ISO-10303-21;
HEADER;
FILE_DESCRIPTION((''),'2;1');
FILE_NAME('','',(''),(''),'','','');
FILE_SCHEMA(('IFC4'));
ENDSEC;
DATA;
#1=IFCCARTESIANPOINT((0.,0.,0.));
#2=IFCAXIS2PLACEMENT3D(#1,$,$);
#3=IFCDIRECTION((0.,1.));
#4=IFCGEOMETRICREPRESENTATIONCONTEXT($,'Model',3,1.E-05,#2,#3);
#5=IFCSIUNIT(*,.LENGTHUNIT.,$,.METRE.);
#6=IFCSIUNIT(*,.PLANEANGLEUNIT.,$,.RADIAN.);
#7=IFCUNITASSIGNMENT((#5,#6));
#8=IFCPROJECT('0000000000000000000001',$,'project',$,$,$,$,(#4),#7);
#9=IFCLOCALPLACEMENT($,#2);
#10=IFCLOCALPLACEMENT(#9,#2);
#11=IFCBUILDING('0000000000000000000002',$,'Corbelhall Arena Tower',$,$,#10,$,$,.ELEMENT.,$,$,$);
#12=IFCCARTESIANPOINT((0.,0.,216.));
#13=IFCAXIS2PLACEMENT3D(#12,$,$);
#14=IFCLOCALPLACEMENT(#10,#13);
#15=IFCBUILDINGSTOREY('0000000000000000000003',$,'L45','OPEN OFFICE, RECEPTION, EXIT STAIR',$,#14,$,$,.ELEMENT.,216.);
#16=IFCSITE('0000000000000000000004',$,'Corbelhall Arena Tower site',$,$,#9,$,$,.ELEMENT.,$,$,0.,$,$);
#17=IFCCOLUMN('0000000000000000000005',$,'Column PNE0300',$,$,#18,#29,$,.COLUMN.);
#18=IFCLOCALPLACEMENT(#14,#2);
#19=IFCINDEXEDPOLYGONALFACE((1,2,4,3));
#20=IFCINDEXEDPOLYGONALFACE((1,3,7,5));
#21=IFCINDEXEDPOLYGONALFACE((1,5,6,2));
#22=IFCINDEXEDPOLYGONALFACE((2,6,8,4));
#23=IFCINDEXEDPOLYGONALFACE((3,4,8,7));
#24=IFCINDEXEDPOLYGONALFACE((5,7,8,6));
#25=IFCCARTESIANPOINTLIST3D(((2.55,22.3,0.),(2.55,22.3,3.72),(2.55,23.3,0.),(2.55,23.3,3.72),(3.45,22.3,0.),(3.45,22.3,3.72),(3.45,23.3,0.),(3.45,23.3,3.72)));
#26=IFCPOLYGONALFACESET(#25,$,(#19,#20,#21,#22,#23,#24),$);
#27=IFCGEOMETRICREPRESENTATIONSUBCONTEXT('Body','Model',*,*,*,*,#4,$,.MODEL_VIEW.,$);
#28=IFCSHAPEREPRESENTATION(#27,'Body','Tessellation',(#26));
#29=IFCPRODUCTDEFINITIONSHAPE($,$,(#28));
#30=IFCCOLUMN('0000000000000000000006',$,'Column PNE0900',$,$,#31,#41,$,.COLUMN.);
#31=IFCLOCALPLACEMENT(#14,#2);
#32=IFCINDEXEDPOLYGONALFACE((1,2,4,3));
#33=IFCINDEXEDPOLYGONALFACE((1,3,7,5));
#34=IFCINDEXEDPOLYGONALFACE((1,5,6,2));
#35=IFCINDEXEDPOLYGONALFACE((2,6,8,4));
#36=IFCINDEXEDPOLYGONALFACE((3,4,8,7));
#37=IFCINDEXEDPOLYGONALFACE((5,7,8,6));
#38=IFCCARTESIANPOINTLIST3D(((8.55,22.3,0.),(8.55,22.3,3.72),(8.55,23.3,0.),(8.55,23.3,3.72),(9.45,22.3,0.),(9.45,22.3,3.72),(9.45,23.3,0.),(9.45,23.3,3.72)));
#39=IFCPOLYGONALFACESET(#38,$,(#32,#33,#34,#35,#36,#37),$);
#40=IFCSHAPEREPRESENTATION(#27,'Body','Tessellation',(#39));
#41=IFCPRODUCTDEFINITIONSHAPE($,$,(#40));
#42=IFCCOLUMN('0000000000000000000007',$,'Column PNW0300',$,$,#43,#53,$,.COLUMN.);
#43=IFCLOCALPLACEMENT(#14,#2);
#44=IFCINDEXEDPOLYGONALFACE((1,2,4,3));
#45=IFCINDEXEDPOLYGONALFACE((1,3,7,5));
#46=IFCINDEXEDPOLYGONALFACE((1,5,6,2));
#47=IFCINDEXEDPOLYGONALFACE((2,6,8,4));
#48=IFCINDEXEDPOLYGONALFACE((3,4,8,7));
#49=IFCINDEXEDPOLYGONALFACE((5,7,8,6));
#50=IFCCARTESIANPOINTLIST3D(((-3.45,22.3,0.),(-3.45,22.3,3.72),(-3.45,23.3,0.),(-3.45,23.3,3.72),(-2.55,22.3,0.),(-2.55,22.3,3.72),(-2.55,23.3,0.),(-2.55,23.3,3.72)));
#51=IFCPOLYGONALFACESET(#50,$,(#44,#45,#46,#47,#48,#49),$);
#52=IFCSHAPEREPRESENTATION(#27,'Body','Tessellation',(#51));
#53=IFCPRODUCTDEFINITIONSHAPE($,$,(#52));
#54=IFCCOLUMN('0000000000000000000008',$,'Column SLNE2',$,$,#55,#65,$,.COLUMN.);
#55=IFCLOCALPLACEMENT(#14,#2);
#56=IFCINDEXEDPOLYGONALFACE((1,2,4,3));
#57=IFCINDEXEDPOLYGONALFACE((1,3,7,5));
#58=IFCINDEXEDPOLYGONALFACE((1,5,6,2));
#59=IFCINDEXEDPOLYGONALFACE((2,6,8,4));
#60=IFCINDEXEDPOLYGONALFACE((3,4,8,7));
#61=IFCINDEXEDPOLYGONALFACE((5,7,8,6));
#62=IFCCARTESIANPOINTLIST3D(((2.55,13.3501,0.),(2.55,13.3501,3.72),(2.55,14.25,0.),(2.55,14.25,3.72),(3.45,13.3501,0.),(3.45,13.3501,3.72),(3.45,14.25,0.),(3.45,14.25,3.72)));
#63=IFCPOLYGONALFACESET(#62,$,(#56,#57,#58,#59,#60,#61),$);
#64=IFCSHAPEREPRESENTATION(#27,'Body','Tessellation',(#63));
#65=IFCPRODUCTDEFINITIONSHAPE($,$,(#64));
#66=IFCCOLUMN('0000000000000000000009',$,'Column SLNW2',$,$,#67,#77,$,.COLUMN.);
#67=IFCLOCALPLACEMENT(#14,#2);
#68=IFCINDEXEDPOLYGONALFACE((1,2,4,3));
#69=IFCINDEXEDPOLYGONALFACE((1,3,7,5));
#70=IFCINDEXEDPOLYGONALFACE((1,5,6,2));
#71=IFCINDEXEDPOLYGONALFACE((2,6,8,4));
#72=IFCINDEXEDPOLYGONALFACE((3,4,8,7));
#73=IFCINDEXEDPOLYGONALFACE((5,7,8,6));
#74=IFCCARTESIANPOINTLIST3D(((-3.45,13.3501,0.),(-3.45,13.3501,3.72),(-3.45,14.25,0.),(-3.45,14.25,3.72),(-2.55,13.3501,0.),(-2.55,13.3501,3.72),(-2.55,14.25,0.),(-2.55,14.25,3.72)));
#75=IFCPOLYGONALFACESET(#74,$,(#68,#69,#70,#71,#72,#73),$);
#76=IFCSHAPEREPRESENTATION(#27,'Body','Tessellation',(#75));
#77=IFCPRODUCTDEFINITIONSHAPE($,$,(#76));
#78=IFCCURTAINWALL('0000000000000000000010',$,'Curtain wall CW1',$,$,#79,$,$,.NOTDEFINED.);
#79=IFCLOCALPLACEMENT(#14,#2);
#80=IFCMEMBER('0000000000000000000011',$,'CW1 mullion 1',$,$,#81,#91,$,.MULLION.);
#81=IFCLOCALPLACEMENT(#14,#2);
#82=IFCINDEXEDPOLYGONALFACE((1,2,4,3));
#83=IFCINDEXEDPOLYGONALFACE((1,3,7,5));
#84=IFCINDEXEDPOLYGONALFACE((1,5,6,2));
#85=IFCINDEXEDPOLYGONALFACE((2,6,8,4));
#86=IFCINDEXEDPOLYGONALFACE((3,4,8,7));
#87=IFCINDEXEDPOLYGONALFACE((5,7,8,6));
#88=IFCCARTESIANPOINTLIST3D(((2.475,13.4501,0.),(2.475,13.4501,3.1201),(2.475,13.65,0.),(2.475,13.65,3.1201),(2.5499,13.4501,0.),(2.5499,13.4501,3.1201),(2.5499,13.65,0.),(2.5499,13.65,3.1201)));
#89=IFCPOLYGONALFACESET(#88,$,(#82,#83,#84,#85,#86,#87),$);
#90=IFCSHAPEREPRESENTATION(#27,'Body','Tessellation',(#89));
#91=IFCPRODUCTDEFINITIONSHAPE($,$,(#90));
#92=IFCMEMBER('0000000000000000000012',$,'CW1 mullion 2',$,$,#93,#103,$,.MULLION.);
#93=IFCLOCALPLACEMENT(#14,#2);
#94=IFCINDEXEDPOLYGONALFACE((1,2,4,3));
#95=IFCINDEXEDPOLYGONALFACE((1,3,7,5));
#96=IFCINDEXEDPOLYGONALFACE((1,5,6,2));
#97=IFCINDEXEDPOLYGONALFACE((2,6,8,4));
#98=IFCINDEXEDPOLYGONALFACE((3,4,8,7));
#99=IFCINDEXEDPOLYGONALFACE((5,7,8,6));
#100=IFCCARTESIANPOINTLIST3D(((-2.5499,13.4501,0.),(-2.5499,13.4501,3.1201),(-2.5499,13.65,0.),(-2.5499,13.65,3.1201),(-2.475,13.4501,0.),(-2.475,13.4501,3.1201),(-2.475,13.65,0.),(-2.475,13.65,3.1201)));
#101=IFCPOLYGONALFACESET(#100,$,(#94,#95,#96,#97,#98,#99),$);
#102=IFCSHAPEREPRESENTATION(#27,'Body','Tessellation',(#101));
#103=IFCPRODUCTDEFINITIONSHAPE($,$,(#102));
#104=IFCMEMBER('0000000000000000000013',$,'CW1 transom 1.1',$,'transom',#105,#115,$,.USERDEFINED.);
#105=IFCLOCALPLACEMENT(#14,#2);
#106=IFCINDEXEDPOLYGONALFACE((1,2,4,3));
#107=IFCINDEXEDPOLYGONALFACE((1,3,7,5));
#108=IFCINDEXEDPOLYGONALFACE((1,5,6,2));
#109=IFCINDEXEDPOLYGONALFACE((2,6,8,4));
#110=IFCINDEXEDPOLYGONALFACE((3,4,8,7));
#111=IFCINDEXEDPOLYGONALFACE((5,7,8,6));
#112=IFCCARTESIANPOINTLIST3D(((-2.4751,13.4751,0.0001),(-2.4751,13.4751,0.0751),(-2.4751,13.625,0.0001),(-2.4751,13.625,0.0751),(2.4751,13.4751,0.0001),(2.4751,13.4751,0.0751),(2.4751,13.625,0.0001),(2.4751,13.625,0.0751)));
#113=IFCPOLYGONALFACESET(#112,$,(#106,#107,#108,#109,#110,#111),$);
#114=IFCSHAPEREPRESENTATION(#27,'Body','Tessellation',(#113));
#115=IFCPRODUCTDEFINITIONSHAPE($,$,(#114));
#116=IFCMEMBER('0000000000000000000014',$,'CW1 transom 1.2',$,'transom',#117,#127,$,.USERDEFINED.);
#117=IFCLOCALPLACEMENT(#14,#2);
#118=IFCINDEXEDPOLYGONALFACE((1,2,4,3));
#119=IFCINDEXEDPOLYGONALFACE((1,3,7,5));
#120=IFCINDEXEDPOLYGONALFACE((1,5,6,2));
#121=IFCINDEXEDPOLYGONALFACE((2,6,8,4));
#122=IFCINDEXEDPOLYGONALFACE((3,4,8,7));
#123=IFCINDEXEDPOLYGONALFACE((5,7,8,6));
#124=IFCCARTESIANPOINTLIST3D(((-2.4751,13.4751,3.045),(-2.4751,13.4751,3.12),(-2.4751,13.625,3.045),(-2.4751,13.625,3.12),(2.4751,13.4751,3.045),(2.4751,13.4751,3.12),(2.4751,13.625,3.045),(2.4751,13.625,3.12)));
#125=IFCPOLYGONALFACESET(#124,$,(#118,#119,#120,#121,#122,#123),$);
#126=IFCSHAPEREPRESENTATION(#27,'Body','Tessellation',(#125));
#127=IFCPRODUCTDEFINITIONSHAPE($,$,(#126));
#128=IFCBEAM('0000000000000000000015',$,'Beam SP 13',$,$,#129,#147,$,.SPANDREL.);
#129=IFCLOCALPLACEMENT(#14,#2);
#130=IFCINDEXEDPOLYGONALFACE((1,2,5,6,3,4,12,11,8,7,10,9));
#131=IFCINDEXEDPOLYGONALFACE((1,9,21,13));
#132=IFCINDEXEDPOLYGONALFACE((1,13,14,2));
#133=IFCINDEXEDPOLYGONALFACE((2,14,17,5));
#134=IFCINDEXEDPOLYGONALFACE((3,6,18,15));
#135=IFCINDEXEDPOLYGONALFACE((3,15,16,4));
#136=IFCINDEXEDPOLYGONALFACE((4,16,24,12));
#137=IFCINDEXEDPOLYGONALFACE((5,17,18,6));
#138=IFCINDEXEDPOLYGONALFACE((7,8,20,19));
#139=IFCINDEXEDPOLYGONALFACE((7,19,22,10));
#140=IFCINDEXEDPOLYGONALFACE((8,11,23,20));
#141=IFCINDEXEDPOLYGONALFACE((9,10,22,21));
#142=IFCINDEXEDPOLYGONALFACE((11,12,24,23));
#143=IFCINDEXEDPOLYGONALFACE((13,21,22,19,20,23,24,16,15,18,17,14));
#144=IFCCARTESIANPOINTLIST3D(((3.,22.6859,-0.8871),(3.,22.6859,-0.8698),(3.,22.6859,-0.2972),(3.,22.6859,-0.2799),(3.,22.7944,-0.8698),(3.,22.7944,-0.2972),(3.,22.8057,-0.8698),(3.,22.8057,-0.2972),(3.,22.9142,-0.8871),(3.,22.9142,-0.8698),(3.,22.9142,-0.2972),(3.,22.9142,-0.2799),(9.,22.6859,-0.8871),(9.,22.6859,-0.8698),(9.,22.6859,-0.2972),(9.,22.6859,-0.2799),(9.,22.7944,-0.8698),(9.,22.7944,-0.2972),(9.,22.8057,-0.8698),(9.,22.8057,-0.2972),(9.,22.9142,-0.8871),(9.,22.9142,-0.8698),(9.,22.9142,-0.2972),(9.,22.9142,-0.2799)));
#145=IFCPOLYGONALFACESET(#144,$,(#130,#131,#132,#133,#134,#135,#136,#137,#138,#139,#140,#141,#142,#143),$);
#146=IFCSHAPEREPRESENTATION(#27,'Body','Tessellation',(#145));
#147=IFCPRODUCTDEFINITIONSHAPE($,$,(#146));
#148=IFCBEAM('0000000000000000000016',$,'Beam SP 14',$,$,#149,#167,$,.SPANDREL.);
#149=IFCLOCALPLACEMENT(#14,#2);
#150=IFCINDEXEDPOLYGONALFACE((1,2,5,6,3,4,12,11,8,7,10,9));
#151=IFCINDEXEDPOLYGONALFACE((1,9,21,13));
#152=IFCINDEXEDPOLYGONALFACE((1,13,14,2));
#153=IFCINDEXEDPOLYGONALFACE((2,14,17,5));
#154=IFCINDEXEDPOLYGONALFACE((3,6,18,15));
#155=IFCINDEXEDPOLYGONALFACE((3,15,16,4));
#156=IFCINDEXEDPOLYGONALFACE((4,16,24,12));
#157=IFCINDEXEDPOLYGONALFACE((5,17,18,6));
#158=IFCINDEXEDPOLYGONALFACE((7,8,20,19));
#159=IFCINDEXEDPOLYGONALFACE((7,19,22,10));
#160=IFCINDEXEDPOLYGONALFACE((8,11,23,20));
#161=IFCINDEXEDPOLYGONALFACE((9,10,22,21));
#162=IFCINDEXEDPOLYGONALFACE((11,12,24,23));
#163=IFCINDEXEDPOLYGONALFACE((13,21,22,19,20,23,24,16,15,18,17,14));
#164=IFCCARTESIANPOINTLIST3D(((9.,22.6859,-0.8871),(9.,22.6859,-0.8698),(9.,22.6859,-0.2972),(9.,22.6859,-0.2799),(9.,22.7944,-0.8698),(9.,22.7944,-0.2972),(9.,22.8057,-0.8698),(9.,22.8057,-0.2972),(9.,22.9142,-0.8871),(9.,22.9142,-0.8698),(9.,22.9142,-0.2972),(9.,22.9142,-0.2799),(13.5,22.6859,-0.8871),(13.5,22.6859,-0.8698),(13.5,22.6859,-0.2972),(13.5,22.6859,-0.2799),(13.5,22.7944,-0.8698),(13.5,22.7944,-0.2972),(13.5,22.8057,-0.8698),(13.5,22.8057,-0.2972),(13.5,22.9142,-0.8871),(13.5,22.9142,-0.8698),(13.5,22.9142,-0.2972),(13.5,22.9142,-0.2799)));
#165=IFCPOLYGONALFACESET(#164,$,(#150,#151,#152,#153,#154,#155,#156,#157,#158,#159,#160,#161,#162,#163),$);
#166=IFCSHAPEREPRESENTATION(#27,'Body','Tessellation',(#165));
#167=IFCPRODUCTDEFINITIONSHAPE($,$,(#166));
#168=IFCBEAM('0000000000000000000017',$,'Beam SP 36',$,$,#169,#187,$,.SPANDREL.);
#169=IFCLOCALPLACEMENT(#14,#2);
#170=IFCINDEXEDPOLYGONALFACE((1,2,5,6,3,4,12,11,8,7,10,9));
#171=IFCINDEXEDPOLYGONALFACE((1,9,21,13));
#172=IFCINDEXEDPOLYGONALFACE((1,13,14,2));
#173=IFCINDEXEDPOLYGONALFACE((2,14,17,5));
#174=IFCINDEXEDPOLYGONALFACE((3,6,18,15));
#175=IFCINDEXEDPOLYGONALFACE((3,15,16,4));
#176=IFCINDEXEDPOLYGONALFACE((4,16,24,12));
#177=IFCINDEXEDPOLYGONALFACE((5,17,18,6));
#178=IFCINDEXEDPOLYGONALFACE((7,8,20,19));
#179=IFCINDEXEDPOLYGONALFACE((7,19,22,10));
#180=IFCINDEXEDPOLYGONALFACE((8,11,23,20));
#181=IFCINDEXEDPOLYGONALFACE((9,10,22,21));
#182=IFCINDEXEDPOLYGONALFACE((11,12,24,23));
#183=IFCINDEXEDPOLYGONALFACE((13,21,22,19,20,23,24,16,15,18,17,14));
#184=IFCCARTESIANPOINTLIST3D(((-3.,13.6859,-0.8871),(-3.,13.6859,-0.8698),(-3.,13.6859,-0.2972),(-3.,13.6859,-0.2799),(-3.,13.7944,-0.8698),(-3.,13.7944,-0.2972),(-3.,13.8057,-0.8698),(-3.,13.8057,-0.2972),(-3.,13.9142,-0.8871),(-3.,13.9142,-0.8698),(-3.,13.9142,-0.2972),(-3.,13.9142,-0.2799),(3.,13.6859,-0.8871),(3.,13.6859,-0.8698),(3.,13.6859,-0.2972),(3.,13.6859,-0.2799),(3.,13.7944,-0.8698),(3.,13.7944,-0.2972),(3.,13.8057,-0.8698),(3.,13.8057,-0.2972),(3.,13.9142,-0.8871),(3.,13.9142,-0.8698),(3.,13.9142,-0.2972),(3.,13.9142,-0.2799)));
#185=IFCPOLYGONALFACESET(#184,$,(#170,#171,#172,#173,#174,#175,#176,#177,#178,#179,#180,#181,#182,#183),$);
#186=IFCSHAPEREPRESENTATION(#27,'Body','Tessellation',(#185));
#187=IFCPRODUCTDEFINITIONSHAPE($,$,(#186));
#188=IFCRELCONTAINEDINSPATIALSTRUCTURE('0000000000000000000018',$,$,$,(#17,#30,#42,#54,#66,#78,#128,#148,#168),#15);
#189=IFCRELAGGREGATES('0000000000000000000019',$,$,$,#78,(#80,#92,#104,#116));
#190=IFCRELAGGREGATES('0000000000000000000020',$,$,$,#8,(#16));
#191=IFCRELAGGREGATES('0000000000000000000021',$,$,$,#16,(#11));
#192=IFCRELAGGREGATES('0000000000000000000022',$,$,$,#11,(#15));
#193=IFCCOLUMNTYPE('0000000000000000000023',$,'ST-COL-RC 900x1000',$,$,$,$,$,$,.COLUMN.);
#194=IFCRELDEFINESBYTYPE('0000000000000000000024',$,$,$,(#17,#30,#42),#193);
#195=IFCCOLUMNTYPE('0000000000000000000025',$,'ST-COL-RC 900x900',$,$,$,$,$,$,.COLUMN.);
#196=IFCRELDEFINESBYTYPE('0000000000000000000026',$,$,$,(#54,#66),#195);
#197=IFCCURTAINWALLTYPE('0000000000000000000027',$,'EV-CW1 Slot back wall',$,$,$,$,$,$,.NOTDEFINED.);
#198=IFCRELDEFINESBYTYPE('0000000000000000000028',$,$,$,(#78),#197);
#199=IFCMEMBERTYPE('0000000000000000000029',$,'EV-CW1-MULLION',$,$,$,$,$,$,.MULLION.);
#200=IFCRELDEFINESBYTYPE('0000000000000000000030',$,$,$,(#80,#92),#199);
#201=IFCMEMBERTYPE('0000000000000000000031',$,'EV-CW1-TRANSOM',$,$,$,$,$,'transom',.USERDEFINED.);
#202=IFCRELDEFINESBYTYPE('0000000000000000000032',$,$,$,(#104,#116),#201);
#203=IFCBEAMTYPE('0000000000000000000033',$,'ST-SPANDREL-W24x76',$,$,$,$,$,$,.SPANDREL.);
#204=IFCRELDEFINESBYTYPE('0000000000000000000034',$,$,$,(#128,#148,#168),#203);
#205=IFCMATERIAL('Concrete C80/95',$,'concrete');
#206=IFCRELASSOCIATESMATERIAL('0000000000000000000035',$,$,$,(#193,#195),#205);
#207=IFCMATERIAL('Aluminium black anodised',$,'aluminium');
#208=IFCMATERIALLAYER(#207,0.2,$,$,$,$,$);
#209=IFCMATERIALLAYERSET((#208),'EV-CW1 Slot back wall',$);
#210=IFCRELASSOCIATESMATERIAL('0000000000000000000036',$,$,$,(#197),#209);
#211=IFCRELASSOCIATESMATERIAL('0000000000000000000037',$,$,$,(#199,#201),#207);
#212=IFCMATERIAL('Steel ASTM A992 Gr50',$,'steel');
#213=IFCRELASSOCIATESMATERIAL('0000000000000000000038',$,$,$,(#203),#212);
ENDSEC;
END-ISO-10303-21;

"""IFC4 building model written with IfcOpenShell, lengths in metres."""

from ifc_helpers import new_model, si_unit, direction, frame, origin, origin_2d, place, context, subcontext, project, spatial, rectangle, i_section, extrude, material, layer, layer_set, material_profile, profile_set, type_object, element, aggregate, save


model = new_model("IFC4")

# Units and contexts
model_context = context("Model", 3, precision=1e-05, world=origin(), true_north=direction((0.0, 1.0)))
body_context = subcontext(model_context, "Body", "Model", "MODEL_VIEW")
ifc_project = project(units=[si_unit("LENGTHUNIT", "METRE"), si_unit("PLANEANGLEUNIT", "RADIAN")], contexts=[model_context])

# Site, building, storey
site_placement = place(None, origin())
site = spatial("IfcSite", under=ifc_project, at=site_placement, Name="Corbelhall Arena Tower site", CompositionType="ELEMENT", RefElevation=0.0)
building_placement = place(site_placement, origin())
building = spatial("IfcBuilding", under=site, at=building_placement, Name="Corbelhall Arena Tower", CompositionType="ELEMENT")
storey_placement = place(building_placement, frame((0.0, 0.0, 216.0)))
storey = spatial("IfcBuildingStorey", under=building, at=storey_placement, Name="L45", Description="OPEN OFFICE, RECEPTION, EXIT STAIR", CompositionType="ELEMENT", Elevation=216.0)

# Columns
ifc_material_1 = material(Name="Concrete C80/95", Category="concrete")
ifc_material_profile_1 = material_profile(ifc_material_1, rectangle(XDim=0.8999, YDim=1.0, at=origin_2d()))
ifc_profile_set_1 = profile_set([ifc_material_profile_1], Name="Concrete C80/95")
column_type_1 = type_object("IfcColumnType", Name="ST-COL-RC 900x1000", PredefinedType="COLUMN", material=ifc_profile_set_1)
for number, where, z_axis, x_axis, name in (
    (1, (3.0, 22.8, 0.0), (0.0, 0.0, 1.0), (1.0, 0.0, 0.0), "Column PNE0300"),
    (2, (9.0, 22.8, 0.0), (0.0, 0.0, 1.0), (1.0, 0.0, 0.0), "Column PNE0900"),
    (3, (-3.0, 22.8, 0.0), (0.0, 0.0, 1.0), (1.0, 0.0, 0.0), "Column PNW0300"),
):
    element("IfcColumn", number, at=place(storey_placement, frame(where, z_axis=z_axis, x_axis=x_axis)), inside=storey, type_object=column_type_1, Name=name, PredefinedType="COLUMN", context=body_context, shape_type="SweptSolid", body=[
        extrude(rectangle(XDim=0.8999, YDim=1.0, at=origin_2d()), origin(), (0.0, 0.0, 1.0), 3.72),
    ])
ifc_material_profile_2 = material_profile(ifc_material_1, rectangle(XDim=0.8999, YDim=0.8999, at=origin_2d()))
ifc_profile_set_2 = profile_set([ifc_material_profile_2], Name="Concrete C80/95")
column_type_2 = type_object("IfcColumnType", Name="ST-COL-RC 900x900", PredefinedType="COLUMN", material=ifc_profile_set_2)
for number, where, z_axis, x_axis, name in (
    (4, (3.0, 13.8, 0.0), (0.0, 0.0, 1.0), (1.0, 0.0, 0.0), "Column SLNE2"),
    (5, (-3.0, 13.8, 0.0), (0.0, 0.0, 1.0), (1.0, 0.0, 0.0), "Column SLNW2"),
):
    element("IfcColumn", number, at=place(storey_placement, frame(where, z_axis=z_axis, x_axis=x_axis)), inside=storey, type_object=column_type_2, Name=name, PredefinedType="COLUMN", context=body_context, shape_type="SweptSolid", body=[
        extrude(rectangle(XDim=0.8999, YDim=0.8999, at=origin_2d()), origin(), (0.0, 0.0, 1.0), 3.72),
    ])

# Curtain wall, members
ifc_material_2 = material(Name="Aluminium black anodised", Category="aluminium")
ifc_layer_1 = layer(ifc_material_2, 0.2)
ifc_layer_set_1 = layer_set([ifc_layer_1], Name="EV-CW1 Slot back wall")
curtain_wall_type = type_object("IfcCurtainWallType", Name="EV-CW1 Slot back wall", PredefinedType="NOTDEFINED", material=ifc_layer_set_1)
curtain_wall_placement = place(storey_placement, origin())
curtain_wall = element("IfcCurtainWall", 6, at=curtain_wall_placement, inside=storey, type_object=curtain_wall_type, Name="Curtain wall CW1", PredefinedType="NOTDEFINED")
ifc_material_profile_3 = material_profile(ifc_material_2, rectangle(XDim=0.2, YDim=0.075, at=origin_2d()))
ifc_profile_set_3 = profile_set([ifc_material_profile_3], Name="Aluminium black anodised")
member_type_1 = type_object("IfcMemberType", Name="EV-CW1-MULLION", PredefinedType="MULLION", material=ifc_profile_set_3)
member_1_placement = place(storey_placement, frame((2.5125, 13.55, 0.0), z_axis=(0.0, 0.0, 1.0), x_axis=(0.0, -1.0, 0.0)))
member_1 = element("IfcMember", 7, at=member_1_placement, type_object=member_type_1, Name="CW1 mullion 1", PredefinedType="MULLION", context=body_context, shape_type="SweptSolid", body=[
    extrude(rectangle(XDim=0.2, YDim=0.075, at=origin_2d()), origin(), (0.0, 0.0, 1.0), 3.1201),
])
member_2_placement = place(storey_placement, frame((-2.5125, 13.55, 0.0), z_axis=(0.0, 0.0, 1.0), x_axis=(0.0, -1.0, 0.0)))
member_2 = element("IfcMember", 8, at=member_2_placement, type_object=member_type_1, Name="CW1 mullion 2", PredefinedType="MULLION", context=body_context, shape_type="SweptSolid", body=[
    extrude(rectangle(XDim=0.2, YDim=0.075, at=origin_2d()), origin(), (0.0, 0.0, 1.0), 3.1201),
])
ifc_material_profile_4 = material_profile(ifc_material_2, rectangle(XDim=0.1499, YDim=0.075, at=origin_2d()))
ifc_profile_set_4 = profile_set([ifc_material_profile_4], Name="Aluminium black anodised")
member_type_2 = type_object("IfcMemberType", Name="EV-CW1-TRANSOM", ElementType="transom", PredefinedType="USERDEFINED", material=ifc_profile_set_4)
member_3_placement = place(storey_placement, frame((2.4751, 13.55, 0.0376), z_axis=(-1.0, 0.0, 0.0), x_axis=(0.0, -1.0, 0.0)))
member_3 = element("IfcMember", 9, at=member_3_placement, type_object=member_type_2, Name="CW1 transom 1.1", ObjectType="transom", PredefinedType="USERDEFINED", context=body_context, shape_type="SweptSolid", body=[
    extrude(rectangle(XDim=0.1499, YDim=0.075, at=origin_2d()), origin(), (0.0, 0.0, 1.0), 4.9502),
])
member_4_placement = place(storey_placement, frame((2.4751, 13.55, 3.0825), z_axis=(-1.0, 0.0, 0.0), x_axis=(0.0, -1.0, 0.0)))
member_4 = element("IfcMember", 10, at=member_4_placement, type_object=member_type_2, Name="CW1 transom 1.2", ObjectType="transom", PredefinedType="USERDEFINED", context=body_context, shape_type="SweptSolid", body=[
    extrude(rectangle(XDim=0.1499, YDim=0.075, at=origin_2d()), origin(), (0.0, 0.0, 1.0), 4.9502),
])

# Beams
ifc_material_3 = material(Name="Steel ASTM A992 Gr50", Category="steel")
ifc_material_profile_5 = material_profile(ifc_material_3, i_section(OverallWidth=0.2283, OverallDepth=0.6072, WebThickness=0.0112, FlangeThickness=0.0173, at=origin_2d()))
ifc_profile_set_5 = profile_set([ifc_material_profile_5], Name="Steel ASTM A992 Gr50")
beam_type_1 = type_object("IfcBeamType", Name="ST-SPANDREL-W24x76", PredefinedType="SPANDREL", material=ifc_profile_set_5)
beam_1_placement = place(storey_placement, frame((3.0, 22.8, -0.5835), z_axis=(1.0, 0.0, 0.0), x_axis=(0.0, 1.0, 0.0)))
element("IfcBeam", 11, at=beam_1_placement, inside=storey, type_object=beam_type_1, Name="Beam SP 13", PredefinedType="SPANDREL", context=body_context, shape_type="SweptSolid", body=[
    extrude(i_section(OverallWidth=0.2283, OverallDepth=0.6072, WebThickness=0.0112, FlangeThickness=0.0173, at=origin_2d()), origin(), (0.0, 0.0, 1.0), 6.0),
])
beam_2_placement = place(storey_placement, frame((9.0, 22.8, -0.5835), z_axis=(1.0, 0.0, 0.0), x_axis=(0.0, 1.0, 0.0)))
element("IfcBeam", 12, at=beam_2_placement, inside=storey, type_object=beam_type_1, Name="Beam SP 14", PredefinedType="SPANDREL", context=body_context, shape_type="SweptSolid", body=[
    extrude(i_section(OverallWidth=0.2283, OverallDepth=0.6072, WebThickness=0.0112, FlangeThickness=0.0173, at=origin_2d()), origin(), (0.0, 0.0, 1.0), 4.5),
])
beam_3_placement = place(storey_placement, frame((-3.0, 13.8, -0.5835), z_axis=(1.0, 0.0, 0.0), x_axis=(0.0, 1.0, 0.0)))
element("IfcBeam", 13, at=beam_3_placement, inside=storey, type_object=beam_type_1, Name="Beam SP 36", PredefinedType="SPANDREL", context=body_context, shape_type="SweptSolid", body=[
    extrude(i_section(OverallWidth=0.2283, OverallDepth=0.6072, WebThickness=0.0112, FlangeThickness=0.0173, at=origin_2d()), origin(), (0.0, 0.0, 1.0), 6.0),
])

aggregate(curtain_wall, [member_1, member_2, member_3, member_4])

save(model, "model.ifc")
